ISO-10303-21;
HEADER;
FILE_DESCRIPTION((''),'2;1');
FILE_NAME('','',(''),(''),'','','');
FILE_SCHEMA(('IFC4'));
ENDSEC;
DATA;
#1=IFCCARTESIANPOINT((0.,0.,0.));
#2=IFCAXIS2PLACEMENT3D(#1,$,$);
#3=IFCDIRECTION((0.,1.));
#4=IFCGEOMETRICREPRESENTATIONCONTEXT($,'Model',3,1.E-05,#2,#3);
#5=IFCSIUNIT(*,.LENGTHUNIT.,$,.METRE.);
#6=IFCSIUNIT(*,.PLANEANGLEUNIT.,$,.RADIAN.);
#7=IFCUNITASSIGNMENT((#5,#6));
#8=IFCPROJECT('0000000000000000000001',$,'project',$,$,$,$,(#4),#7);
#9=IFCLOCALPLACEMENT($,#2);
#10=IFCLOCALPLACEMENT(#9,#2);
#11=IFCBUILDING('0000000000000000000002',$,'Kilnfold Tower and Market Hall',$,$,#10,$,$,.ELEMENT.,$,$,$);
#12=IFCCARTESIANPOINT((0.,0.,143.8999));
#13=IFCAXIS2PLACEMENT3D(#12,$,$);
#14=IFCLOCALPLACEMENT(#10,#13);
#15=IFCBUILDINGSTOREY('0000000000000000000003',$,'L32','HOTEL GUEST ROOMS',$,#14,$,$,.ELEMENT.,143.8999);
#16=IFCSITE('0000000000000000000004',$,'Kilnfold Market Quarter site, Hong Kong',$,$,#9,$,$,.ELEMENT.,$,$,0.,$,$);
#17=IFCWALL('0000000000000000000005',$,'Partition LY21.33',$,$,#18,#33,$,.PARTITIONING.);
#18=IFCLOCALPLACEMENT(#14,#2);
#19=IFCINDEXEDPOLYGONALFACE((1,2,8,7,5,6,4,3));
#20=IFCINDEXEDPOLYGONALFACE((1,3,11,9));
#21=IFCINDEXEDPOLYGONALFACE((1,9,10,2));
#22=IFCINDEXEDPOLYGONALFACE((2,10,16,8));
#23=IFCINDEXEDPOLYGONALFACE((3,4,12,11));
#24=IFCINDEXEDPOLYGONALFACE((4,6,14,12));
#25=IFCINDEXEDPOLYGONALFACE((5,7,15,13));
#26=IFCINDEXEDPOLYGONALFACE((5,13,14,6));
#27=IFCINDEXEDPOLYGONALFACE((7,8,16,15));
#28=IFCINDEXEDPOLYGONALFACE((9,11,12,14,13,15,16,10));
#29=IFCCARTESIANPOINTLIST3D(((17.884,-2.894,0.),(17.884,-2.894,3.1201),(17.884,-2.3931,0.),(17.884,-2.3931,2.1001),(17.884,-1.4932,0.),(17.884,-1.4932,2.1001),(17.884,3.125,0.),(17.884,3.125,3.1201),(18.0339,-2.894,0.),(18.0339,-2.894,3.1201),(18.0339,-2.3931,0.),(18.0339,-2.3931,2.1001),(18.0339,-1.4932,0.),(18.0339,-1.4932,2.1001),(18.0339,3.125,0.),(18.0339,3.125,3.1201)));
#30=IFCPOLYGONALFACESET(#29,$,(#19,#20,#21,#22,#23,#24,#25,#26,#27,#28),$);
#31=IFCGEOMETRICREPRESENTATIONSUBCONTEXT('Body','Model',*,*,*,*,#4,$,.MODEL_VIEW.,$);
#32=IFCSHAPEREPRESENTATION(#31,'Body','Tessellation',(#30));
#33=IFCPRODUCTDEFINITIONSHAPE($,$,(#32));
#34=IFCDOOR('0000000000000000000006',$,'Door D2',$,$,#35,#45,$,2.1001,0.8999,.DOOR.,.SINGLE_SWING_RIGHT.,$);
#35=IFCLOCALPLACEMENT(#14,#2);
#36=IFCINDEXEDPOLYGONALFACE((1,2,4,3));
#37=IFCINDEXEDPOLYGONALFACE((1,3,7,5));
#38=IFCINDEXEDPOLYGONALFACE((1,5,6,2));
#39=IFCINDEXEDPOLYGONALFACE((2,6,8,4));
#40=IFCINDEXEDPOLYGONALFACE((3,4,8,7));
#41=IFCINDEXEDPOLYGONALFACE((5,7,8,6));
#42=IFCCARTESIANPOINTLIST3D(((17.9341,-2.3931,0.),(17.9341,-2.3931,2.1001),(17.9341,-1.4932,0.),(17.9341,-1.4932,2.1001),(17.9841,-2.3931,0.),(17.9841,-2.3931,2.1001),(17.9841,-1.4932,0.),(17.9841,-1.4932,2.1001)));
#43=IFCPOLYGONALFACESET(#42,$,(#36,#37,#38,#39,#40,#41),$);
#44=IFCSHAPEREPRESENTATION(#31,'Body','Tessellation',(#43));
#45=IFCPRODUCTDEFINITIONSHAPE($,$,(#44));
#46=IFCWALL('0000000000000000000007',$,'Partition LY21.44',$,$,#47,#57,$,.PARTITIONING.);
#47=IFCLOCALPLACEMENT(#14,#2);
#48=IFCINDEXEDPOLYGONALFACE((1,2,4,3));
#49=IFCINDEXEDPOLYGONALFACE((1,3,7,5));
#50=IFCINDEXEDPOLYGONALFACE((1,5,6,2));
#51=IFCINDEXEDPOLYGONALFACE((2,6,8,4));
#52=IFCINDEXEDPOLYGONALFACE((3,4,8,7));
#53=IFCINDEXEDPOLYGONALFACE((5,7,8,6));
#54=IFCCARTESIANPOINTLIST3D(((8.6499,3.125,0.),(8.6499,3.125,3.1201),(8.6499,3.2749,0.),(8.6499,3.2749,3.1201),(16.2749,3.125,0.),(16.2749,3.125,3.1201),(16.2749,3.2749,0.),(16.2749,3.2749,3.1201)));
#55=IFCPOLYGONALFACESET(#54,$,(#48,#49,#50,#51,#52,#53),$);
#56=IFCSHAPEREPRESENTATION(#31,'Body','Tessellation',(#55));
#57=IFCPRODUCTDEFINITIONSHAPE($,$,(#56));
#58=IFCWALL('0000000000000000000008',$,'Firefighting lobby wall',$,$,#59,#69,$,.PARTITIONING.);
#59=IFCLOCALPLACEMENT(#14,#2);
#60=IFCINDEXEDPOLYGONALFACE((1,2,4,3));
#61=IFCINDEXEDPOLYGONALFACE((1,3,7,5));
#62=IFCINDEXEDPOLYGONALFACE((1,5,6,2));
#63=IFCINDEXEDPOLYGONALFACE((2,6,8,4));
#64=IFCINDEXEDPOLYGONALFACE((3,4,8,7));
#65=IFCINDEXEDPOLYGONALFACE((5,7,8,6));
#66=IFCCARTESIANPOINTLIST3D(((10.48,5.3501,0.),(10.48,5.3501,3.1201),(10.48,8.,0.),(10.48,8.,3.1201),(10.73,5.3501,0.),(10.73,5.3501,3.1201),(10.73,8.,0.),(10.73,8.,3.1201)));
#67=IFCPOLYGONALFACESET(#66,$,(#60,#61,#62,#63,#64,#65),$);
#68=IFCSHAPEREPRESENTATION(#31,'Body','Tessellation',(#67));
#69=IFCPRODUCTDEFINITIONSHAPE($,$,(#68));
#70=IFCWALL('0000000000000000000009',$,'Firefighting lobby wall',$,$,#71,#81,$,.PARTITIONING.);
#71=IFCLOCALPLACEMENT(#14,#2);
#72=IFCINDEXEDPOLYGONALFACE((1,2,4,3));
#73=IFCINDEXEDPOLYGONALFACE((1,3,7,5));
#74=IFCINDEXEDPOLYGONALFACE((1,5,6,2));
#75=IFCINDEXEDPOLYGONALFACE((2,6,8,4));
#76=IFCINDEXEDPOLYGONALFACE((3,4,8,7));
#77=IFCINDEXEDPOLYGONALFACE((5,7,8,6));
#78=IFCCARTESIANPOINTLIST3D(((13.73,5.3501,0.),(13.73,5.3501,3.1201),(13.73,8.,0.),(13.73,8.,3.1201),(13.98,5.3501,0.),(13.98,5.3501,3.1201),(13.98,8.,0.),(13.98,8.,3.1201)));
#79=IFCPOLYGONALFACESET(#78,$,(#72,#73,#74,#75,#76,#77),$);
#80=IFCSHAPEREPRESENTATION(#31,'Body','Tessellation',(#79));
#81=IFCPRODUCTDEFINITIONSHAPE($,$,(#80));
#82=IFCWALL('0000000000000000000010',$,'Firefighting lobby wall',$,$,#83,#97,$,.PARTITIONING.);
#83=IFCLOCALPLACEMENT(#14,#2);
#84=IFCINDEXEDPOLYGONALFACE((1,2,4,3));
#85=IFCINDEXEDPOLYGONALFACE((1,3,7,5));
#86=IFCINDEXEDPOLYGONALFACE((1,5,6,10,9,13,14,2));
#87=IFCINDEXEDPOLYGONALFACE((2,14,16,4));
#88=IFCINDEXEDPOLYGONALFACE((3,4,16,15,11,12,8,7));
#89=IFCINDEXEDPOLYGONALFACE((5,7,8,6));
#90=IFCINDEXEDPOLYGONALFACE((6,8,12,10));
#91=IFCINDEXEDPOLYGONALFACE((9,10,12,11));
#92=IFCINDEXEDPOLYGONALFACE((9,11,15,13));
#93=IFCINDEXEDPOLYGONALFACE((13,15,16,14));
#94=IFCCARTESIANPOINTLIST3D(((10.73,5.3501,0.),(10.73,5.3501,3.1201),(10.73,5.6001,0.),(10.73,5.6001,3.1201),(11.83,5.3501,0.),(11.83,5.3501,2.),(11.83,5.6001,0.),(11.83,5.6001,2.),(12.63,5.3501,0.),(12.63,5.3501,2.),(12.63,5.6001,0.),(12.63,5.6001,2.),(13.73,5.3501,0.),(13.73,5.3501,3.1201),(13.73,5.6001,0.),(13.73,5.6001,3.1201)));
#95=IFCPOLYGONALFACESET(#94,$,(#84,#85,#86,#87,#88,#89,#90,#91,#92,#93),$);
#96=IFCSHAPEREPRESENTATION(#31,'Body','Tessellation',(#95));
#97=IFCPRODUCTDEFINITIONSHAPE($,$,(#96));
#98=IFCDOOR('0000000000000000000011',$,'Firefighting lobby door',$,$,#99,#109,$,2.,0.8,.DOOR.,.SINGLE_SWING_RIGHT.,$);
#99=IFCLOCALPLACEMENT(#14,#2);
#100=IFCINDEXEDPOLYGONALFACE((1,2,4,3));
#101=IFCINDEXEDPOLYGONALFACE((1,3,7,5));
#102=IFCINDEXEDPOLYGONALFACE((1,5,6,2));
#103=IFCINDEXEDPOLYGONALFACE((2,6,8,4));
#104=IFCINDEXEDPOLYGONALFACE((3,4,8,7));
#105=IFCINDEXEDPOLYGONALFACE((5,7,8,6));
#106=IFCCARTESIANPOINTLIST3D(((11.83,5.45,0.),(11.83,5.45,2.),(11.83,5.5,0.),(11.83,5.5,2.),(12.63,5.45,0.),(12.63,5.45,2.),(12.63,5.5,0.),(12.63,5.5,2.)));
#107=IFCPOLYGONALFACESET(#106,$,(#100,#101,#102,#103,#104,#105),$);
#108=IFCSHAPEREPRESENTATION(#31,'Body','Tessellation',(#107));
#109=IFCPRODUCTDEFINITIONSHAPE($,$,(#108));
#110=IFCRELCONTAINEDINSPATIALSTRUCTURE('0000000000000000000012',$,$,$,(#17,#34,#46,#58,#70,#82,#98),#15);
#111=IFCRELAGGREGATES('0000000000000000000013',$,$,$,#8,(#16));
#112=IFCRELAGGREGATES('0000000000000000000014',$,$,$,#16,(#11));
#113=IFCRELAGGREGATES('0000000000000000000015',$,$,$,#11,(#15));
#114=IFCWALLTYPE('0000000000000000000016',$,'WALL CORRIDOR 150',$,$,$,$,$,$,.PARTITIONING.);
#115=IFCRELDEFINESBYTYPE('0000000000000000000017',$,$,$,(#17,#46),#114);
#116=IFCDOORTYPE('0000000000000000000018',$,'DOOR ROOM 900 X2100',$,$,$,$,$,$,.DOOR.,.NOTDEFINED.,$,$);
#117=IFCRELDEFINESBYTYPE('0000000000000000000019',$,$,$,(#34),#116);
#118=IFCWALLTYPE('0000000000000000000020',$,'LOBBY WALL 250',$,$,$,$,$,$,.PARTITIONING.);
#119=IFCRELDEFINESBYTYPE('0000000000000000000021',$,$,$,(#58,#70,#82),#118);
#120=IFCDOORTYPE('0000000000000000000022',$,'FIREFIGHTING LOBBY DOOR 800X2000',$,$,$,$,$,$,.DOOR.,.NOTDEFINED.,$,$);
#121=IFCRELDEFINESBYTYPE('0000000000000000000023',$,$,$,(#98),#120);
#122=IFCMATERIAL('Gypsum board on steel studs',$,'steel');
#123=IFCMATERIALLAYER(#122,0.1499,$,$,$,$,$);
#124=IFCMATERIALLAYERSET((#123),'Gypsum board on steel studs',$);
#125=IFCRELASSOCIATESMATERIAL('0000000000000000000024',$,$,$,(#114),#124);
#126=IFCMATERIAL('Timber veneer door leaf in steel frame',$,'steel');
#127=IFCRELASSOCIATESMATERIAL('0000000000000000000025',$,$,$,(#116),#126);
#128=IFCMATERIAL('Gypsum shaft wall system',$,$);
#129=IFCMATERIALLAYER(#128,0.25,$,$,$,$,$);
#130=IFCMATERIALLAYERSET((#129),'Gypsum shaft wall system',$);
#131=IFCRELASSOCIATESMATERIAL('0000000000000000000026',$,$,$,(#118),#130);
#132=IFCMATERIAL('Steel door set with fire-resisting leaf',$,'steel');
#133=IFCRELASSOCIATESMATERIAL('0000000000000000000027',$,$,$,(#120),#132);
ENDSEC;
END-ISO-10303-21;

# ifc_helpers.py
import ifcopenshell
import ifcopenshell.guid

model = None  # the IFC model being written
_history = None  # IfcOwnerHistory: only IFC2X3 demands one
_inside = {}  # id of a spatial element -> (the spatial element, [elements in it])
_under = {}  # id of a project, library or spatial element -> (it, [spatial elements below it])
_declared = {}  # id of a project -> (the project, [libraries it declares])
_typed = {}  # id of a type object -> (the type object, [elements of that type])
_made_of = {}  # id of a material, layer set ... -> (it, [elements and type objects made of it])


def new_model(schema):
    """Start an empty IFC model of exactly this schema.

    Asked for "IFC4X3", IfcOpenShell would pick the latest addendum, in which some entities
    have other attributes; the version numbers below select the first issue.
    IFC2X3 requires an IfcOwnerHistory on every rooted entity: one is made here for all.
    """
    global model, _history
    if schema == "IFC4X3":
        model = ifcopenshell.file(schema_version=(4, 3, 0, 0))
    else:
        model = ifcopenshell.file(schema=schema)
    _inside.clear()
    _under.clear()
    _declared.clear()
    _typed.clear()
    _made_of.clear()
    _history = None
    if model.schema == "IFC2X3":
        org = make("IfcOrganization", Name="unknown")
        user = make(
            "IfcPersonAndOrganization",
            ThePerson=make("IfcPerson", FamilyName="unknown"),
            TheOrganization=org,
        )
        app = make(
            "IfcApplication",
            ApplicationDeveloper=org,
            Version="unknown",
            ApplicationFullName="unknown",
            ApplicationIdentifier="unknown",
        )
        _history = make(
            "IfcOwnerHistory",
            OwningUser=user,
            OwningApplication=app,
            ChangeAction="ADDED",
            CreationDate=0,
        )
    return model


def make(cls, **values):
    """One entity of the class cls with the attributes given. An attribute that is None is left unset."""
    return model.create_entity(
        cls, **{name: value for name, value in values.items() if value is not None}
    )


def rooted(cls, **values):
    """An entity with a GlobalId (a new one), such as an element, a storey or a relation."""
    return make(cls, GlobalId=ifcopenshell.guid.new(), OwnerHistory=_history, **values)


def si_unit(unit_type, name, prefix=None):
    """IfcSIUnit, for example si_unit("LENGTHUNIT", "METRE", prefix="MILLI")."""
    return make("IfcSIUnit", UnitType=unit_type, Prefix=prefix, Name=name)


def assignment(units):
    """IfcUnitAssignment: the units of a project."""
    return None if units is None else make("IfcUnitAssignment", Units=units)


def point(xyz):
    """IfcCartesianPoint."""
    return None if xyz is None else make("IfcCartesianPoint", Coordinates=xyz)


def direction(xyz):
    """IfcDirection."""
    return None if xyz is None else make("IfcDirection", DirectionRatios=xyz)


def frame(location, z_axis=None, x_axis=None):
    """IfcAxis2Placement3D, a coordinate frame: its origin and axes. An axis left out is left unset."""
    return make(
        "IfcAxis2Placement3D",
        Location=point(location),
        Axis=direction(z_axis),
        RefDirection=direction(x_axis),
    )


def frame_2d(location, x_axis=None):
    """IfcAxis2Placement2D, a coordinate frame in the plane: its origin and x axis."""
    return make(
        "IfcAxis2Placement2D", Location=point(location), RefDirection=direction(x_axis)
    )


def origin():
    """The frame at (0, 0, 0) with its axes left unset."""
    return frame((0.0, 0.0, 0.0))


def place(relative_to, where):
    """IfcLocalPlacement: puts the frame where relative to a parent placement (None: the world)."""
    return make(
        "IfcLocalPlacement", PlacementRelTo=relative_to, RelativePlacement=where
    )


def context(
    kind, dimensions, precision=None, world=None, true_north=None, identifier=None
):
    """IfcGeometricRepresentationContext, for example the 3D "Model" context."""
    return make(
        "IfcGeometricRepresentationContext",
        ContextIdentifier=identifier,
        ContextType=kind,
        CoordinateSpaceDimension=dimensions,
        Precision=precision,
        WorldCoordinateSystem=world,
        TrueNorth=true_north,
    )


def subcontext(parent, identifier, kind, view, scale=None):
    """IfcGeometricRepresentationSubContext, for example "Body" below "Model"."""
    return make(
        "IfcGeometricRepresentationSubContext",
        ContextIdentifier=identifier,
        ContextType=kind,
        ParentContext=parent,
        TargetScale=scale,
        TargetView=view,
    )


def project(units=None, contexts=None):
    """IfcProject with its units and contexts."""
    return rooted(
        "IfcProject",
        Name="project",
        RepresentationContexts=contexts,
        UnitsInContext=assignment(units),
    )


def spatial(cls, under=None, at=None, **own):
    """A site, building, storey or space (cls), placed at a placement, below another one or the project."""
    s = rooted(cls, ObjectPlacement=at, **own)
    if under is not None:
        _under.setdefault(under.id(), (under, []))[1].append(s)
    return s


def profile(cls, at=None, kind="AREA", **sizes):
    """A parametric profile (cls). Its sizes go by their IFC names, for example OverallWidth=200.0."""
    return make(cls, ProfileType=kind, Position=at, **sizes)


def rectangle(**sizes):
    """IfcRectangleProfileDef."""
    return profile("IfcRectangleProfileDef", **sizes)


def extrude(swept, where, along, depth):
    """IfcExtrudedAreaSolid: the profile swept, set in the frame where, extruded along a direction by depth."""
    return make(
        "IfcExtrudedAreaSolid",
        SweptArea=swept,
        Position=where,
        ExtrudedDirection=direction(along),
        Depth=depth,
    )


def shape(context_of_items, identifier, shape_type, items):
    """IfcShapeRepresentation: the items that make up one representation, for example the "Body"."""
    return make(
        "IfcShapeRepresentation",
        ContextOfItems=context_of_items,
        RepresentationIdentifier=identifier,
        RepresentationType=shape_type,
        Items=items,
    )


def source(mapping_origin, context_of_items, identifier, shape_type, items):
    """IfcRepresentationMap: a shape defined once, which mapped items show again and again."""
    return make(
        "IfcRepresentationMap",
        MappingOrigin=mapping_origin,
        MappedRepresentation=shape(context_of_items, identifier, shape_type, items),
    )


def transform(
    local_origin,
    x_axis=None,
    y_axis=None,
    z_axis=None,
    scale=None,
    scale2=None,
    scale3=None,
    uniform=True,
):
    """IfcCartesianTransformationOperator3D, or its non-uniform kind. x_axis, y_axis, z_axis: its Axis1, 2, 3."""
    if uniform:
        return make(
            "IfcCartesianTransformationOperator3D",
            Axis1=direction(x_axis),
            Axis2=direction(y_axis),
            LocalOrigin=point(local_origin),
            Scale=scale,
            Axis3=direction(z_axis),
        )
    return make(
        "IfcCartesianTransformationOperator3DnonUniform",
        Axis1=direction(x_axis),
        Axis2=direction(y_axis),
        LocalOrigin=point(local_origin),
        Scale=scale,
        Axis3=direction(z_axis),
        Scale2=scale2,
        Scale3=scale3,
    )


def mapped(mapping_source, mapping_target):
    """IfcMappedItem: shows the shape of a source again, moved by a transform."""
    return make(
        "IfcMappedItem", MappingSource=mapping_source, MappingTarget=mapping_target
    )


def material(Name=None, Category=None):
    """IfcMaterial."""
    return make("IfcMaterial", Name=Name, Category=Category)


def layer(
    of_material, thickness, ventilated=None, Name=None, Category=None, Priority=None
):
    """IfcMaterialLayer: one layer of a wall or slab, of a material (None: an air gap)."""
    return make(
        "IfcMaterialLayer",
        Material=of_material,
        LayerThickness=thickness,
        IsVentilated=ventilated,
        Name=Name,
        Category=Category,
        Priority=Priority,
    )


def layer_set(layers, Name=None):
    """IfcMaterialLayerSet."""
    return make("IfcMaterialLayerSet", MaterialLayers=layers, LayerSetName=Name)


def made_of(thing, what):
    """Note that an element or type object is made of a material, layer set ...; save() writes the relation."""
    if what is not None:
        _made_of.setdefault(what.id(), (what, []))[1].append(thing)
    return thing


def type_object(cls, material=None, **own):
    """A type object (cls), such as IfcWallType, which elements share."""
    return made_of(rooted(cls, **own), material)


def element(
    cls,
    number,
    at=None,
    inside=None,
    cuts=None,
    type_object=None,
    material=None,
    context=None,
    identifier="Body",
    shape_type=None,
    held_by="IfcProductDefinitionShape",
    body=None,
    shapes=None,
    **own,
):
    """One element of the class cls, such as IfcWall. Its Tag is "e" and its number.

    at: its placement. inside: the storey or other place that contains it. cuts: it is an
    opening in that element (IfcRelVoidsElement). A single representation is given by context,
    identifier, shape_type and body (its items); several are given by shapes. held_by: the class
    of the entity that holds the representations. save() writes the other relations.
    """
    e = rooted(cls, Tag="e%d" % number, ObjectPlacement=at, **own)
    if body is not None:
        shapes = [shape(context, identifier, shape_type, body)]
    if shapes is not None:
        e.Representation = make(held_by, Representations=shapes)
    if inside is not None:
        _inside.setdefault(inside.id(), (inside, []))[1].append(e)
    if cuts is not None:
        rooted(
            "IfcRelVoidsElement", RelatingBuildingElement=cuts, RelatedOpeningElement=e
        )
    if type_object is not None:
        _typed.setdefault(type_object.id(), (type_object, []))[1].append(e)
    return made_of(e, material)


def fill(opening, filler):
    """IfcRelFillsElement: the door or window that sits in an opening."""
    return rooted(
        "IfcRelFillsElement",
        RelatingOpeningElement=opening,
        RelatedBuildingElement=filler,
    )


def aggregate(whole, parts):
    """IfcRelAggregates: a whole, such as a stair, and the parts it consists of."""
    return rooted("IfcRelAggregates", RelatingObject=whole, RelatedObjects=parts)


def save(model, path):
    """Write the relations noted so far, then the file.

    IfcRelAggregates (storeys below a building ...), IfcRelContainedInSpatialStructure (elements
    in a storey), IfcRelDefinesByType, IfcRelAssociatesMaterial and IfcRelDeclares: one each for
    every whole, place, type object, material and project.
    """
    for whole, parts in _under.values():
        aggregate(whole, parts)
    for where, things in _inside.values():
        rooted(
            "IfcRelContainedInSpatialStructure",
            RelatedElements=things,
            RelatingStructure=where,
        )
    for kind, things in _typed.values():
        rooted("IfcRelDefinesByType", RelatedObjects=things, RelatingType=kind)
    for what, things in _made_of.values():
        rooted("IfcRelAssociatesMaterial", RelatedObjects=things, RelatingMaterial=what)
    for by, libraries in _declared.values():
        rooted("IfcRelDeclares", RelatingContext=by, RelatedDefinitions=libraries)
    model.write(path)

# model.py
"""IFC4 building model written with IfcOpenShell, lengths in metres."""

from ifc_helpers import new_model, si_unit, direction, frame, frame_2d, origin, place, context, subcontext, project, spatial, rectangle, extrude, source, transform, mapped, material, layer, layer_set, type_object, element, fill, save


model = new_model("IFC4")

# Units and contexts
model_context = context("Model", 3, precision=1e-05, world=origin(), true_north=direction((0.0, 1.0)))
body_context = subcontext(model_context, "Body", "Model", "MODEL_VIEW")
ifc_project = project(units=[si_unit("LENGTHUNIT", "METRE"), si_unit("PLANEANGLEUNIT", "RADIAN")], contexts=[model_context])

# Site, building, storey
site_placement = place(None, origin())
site = spatial("IfcSite", under=ifc_project, at=site_placement, Name="Kilnfold Market Quarter site, Hong Kong", CompositionType="ELEMENT", RefElevation=0.0)
building_placement = place(site_placement, origin())
building = spatial("IfcBuilding", under=site, at=building_placement, Name="Kilnfold Tower and Market Hall", CompositionType="ELEMENT")
storey_placement = place(building_placement, frame((0.0, 0.0, 143.8999)))
storey = spatial("IfcBuildingStorey", under=building, at=storey_placement, Name="L32", Description="HOTEL GUEST ROOMS", CompositionType="ELEMENT", Elevation=143.8999)

# Shared definitions
ifc_material_1 = material(Name="Gypsum board on steel studs", Category="steel")
ifc_layer_1 = layer(ifc_material_1, 0.1499)
ifc_layer_set_1 = layer_set([ifc_layer_1], Name="Gypsum board on steel studs")
wall_type_1 = type_object("IfcWallType", Name="WALL CORRIDOR 150", PredefinedType="PARTITIONING", material=ifc_layer_set_1)

# Wall, opening, door
wall_1_placement = place(storey_placement, frame((17.959, -2.894, 0.0), z_axis=(0.0, 0.0, 1.0), x_axis=(0.0, 1.0, 0.0)))
wall_1 = element("IfcWall", 1, at=wall_1_placement, inside=storey, type_object=wall_type_1, Name="Partition LY21.33", PredefinedType="PARTITIONING", context=body_context, shape_type="SweptSolid", body=[
    extrude(rectangle(XDim=6.019, YDim=0.1499, at=frame_2d((3.0095, 0.0))), origin(), (0.0, 0.0, 1.0), 3.1201),
])
opening_1_placement = place(wall_1_placement, frame((0.501, 0.0, 0.0)))
opening_1 = element("IfcOpeningElement", 2, at=opening_1_placement, cuts=wall_1, PredefinedType="OPENING", context=body_context, shape_type="SweptSolid", body=[
    extrude(rectangle(XDim=0.8999, YDim=2.1001, at=frame_2d((0.45, 1.05))), frame((0.0, 0.085, 0.0), z_axis=(0.0, -1.0, 0.0), x_axis=(1.0, 0.0, 0.0)), (0.0, 0.0, 1.0), 0.1699),
])
ifc_material_2 = material(Name="Timber veneer door leaf in steel frame", Category="steel")
door_type_1 = type_object("IfcDoorType", Name="DOOR ROOM 900 X2100", OperationType="NOTDEFINED", PredefinedType="DOOR", material=ifc_material_2)
door_1_placement = place(opening_1_placement, origin())
door_1 = element("IfcDoor", 3, at=door_1_placement, inside=storey, type_object=door_type_1, Name="Door D2", OperationType="SINGLE_SWING_RIGHT", OverallHeight=2.1001, OverallWidth=0.8999, PredefinedType="DOOR", context=body_context, shape_type="SweptSolid", body=[
    extrude(rectangle(XDim=0.8999, YDim=2.1001, at=frame_2d((0.45, 1.05))), frame((0.0, 0.0249, 0.0), z_axis=(0.0, -1.0, 0.0), x_axis=(1.0, 0.0, 0.0)), (0.0, 0.0, 1.0), 0.05),
])
fill(opening_1, door_1)

# Walls
wall_2_placement = place(storey_placement, frame((8.6499, 3.2, 0.0), z_axis=(0.0, 0.0, 1.0), x_axis=(1.0, 0.0, 0.0)))
element("IfcWall", 4, at=wall_2_placement, inside=storey, type_object=wall_type_1, Name="Partition LY21.44", PredefinedType="PARTITIONING", context=body_context, shape_type="SweptSolid", body=[
    extrude(rectangle(XDim=7.625, YDim=0.1499, at=frame_2d((3.8125, 0.0))), origin(), (0.0, 0.0, 1.0), 3.1201),
])
ifc_material_3 = material(Name="Gypsum shaft wall system")
ifc_layer_2 = layer(ifc_material_3, 0.25)
ifc_layer_set_2 = layer_set([ifc_layer_2], Name="Gypsum shaft wall system")
wall_type_2 = type_object("IfcWallType", Name="LOBBY WALL 250", PredefinedType="PARTITIONING", material=ifc_layer_set_2)
shared_shape_1 = source(origin(), body_context, "Body", "SweptSolid", [
    extrude(rectangle(XDim=2.6499, YDim=0.25, at=frame_2d((1.325, 0.0))), origin(), (0.0, 0.0, 1.0), 3.1201),
])
for number, where, z_axis, x_axis, name in (
    (5, (10.605, 5.3501, 0.0), (0.0, 0.0, 1.0), (0.0, 1.0, 0.0), "Firefighting lobby wall"),
    (6, (13.855, 5.3501, 0.0), (0.0, 0.0, 1.0), (0.0, 1.0, 0.0), "Firefighting lobby wall"),
):
    element("IfcWall", number, at=place(storey_placement, frame(where, z_axis=z_axis, x_axis=x_axis)), inside=storey, type_object=wall_type_2, Name=name, PredefinedType="PARTITIONING", context=body_context, shape_type="MappedRepresentation", body=[
        mapped(shared_shape_1, transform((0.0, 0.0, 0.0))),
    ])

# Wall, opening, door
shared_shape_2 = source(origin(), body_context, "Body", "SweptSolid", [
    extrude(rectangle(XDim=3.0, YDim=0.25, at=frame_2d((1.5, 0.0))), origin(), (0.0, 0.0, 1.0), 3.1201),
])
wall_3_placement = place(storey_placement, frame((10.73, 5.4751, 0.0), z_axis=(0.0, 0.0, 1.0), x_axis=(1.0, 0.0, 0.0)))
wall_3 = element("IfcWall", 7, at=wall_3_placement, inside=storey, type_object=wall_type_2, Name="Firefighting lobby wall", PredefinedType="PARTITIONING", context=body_context, shape_type="MappedRepresentation", body=[
    mapped(shared_shape_2, transform((0.0, 0.0, 0.0))),
])
opening_2_placement = place(wall_3_placement, frame((1.1001, 0.0, 0.0)))
opening_2 = element("IfcOpeningElement", 8, at=opening_2_placement, cuts=wall_3, PredefinedType="OPENING", context=body_context, shape_type="SweptSolid", body=[
    extrude(rectangle(XDim=0.8, YDim=2.0, at=frame_2d((0.3999, 1.0))), frame((0.0, 0.135, 0.0), z_axis=(0.0, -1.0, 0.0), x_axis=(1.0, 0.0, 0.0)), (0.0, 0.0, 1.0), 0.27),
])
ifc_material_4 = material(Name="Steel door set with fire-resisting leaf", Category="steel")
door_type_2 = type_object("IfcDoorType", Name="FIREFIGHTING LOBBY DOOR 800X2000", OperationType="NOTDEFINED", PredefinedType="DOOR", material=ifc_material_4)
door_2_placement = place(opening_2_placement, origin())
door_2 = element("IfcDoor", 9, at=door_2_placement, inside=storey, type_object=door_type_2, Name="Firefighting lobby door", OperationType="SINGLE_SWING_RIGHT", OverallHeight=2.0, OverallWidth=0.8, PredefinedType="DOOR", context=body_context, shape_type="SweptSolid", body=[
    extrude(rectangle(XDim=0.8, YDim=2.0, at=frame_2d((0.3999, 1.0))), frame((0.0, 0.0249, 0.0), z_axis=(0.0, -1.0, 0.0), x_axis=(1.0, 0.0, 0.0)), (0.0, 0.0, 1.0), 0.05),
])
fill(opening_2, door_2)

save(model, "model.ifc")
